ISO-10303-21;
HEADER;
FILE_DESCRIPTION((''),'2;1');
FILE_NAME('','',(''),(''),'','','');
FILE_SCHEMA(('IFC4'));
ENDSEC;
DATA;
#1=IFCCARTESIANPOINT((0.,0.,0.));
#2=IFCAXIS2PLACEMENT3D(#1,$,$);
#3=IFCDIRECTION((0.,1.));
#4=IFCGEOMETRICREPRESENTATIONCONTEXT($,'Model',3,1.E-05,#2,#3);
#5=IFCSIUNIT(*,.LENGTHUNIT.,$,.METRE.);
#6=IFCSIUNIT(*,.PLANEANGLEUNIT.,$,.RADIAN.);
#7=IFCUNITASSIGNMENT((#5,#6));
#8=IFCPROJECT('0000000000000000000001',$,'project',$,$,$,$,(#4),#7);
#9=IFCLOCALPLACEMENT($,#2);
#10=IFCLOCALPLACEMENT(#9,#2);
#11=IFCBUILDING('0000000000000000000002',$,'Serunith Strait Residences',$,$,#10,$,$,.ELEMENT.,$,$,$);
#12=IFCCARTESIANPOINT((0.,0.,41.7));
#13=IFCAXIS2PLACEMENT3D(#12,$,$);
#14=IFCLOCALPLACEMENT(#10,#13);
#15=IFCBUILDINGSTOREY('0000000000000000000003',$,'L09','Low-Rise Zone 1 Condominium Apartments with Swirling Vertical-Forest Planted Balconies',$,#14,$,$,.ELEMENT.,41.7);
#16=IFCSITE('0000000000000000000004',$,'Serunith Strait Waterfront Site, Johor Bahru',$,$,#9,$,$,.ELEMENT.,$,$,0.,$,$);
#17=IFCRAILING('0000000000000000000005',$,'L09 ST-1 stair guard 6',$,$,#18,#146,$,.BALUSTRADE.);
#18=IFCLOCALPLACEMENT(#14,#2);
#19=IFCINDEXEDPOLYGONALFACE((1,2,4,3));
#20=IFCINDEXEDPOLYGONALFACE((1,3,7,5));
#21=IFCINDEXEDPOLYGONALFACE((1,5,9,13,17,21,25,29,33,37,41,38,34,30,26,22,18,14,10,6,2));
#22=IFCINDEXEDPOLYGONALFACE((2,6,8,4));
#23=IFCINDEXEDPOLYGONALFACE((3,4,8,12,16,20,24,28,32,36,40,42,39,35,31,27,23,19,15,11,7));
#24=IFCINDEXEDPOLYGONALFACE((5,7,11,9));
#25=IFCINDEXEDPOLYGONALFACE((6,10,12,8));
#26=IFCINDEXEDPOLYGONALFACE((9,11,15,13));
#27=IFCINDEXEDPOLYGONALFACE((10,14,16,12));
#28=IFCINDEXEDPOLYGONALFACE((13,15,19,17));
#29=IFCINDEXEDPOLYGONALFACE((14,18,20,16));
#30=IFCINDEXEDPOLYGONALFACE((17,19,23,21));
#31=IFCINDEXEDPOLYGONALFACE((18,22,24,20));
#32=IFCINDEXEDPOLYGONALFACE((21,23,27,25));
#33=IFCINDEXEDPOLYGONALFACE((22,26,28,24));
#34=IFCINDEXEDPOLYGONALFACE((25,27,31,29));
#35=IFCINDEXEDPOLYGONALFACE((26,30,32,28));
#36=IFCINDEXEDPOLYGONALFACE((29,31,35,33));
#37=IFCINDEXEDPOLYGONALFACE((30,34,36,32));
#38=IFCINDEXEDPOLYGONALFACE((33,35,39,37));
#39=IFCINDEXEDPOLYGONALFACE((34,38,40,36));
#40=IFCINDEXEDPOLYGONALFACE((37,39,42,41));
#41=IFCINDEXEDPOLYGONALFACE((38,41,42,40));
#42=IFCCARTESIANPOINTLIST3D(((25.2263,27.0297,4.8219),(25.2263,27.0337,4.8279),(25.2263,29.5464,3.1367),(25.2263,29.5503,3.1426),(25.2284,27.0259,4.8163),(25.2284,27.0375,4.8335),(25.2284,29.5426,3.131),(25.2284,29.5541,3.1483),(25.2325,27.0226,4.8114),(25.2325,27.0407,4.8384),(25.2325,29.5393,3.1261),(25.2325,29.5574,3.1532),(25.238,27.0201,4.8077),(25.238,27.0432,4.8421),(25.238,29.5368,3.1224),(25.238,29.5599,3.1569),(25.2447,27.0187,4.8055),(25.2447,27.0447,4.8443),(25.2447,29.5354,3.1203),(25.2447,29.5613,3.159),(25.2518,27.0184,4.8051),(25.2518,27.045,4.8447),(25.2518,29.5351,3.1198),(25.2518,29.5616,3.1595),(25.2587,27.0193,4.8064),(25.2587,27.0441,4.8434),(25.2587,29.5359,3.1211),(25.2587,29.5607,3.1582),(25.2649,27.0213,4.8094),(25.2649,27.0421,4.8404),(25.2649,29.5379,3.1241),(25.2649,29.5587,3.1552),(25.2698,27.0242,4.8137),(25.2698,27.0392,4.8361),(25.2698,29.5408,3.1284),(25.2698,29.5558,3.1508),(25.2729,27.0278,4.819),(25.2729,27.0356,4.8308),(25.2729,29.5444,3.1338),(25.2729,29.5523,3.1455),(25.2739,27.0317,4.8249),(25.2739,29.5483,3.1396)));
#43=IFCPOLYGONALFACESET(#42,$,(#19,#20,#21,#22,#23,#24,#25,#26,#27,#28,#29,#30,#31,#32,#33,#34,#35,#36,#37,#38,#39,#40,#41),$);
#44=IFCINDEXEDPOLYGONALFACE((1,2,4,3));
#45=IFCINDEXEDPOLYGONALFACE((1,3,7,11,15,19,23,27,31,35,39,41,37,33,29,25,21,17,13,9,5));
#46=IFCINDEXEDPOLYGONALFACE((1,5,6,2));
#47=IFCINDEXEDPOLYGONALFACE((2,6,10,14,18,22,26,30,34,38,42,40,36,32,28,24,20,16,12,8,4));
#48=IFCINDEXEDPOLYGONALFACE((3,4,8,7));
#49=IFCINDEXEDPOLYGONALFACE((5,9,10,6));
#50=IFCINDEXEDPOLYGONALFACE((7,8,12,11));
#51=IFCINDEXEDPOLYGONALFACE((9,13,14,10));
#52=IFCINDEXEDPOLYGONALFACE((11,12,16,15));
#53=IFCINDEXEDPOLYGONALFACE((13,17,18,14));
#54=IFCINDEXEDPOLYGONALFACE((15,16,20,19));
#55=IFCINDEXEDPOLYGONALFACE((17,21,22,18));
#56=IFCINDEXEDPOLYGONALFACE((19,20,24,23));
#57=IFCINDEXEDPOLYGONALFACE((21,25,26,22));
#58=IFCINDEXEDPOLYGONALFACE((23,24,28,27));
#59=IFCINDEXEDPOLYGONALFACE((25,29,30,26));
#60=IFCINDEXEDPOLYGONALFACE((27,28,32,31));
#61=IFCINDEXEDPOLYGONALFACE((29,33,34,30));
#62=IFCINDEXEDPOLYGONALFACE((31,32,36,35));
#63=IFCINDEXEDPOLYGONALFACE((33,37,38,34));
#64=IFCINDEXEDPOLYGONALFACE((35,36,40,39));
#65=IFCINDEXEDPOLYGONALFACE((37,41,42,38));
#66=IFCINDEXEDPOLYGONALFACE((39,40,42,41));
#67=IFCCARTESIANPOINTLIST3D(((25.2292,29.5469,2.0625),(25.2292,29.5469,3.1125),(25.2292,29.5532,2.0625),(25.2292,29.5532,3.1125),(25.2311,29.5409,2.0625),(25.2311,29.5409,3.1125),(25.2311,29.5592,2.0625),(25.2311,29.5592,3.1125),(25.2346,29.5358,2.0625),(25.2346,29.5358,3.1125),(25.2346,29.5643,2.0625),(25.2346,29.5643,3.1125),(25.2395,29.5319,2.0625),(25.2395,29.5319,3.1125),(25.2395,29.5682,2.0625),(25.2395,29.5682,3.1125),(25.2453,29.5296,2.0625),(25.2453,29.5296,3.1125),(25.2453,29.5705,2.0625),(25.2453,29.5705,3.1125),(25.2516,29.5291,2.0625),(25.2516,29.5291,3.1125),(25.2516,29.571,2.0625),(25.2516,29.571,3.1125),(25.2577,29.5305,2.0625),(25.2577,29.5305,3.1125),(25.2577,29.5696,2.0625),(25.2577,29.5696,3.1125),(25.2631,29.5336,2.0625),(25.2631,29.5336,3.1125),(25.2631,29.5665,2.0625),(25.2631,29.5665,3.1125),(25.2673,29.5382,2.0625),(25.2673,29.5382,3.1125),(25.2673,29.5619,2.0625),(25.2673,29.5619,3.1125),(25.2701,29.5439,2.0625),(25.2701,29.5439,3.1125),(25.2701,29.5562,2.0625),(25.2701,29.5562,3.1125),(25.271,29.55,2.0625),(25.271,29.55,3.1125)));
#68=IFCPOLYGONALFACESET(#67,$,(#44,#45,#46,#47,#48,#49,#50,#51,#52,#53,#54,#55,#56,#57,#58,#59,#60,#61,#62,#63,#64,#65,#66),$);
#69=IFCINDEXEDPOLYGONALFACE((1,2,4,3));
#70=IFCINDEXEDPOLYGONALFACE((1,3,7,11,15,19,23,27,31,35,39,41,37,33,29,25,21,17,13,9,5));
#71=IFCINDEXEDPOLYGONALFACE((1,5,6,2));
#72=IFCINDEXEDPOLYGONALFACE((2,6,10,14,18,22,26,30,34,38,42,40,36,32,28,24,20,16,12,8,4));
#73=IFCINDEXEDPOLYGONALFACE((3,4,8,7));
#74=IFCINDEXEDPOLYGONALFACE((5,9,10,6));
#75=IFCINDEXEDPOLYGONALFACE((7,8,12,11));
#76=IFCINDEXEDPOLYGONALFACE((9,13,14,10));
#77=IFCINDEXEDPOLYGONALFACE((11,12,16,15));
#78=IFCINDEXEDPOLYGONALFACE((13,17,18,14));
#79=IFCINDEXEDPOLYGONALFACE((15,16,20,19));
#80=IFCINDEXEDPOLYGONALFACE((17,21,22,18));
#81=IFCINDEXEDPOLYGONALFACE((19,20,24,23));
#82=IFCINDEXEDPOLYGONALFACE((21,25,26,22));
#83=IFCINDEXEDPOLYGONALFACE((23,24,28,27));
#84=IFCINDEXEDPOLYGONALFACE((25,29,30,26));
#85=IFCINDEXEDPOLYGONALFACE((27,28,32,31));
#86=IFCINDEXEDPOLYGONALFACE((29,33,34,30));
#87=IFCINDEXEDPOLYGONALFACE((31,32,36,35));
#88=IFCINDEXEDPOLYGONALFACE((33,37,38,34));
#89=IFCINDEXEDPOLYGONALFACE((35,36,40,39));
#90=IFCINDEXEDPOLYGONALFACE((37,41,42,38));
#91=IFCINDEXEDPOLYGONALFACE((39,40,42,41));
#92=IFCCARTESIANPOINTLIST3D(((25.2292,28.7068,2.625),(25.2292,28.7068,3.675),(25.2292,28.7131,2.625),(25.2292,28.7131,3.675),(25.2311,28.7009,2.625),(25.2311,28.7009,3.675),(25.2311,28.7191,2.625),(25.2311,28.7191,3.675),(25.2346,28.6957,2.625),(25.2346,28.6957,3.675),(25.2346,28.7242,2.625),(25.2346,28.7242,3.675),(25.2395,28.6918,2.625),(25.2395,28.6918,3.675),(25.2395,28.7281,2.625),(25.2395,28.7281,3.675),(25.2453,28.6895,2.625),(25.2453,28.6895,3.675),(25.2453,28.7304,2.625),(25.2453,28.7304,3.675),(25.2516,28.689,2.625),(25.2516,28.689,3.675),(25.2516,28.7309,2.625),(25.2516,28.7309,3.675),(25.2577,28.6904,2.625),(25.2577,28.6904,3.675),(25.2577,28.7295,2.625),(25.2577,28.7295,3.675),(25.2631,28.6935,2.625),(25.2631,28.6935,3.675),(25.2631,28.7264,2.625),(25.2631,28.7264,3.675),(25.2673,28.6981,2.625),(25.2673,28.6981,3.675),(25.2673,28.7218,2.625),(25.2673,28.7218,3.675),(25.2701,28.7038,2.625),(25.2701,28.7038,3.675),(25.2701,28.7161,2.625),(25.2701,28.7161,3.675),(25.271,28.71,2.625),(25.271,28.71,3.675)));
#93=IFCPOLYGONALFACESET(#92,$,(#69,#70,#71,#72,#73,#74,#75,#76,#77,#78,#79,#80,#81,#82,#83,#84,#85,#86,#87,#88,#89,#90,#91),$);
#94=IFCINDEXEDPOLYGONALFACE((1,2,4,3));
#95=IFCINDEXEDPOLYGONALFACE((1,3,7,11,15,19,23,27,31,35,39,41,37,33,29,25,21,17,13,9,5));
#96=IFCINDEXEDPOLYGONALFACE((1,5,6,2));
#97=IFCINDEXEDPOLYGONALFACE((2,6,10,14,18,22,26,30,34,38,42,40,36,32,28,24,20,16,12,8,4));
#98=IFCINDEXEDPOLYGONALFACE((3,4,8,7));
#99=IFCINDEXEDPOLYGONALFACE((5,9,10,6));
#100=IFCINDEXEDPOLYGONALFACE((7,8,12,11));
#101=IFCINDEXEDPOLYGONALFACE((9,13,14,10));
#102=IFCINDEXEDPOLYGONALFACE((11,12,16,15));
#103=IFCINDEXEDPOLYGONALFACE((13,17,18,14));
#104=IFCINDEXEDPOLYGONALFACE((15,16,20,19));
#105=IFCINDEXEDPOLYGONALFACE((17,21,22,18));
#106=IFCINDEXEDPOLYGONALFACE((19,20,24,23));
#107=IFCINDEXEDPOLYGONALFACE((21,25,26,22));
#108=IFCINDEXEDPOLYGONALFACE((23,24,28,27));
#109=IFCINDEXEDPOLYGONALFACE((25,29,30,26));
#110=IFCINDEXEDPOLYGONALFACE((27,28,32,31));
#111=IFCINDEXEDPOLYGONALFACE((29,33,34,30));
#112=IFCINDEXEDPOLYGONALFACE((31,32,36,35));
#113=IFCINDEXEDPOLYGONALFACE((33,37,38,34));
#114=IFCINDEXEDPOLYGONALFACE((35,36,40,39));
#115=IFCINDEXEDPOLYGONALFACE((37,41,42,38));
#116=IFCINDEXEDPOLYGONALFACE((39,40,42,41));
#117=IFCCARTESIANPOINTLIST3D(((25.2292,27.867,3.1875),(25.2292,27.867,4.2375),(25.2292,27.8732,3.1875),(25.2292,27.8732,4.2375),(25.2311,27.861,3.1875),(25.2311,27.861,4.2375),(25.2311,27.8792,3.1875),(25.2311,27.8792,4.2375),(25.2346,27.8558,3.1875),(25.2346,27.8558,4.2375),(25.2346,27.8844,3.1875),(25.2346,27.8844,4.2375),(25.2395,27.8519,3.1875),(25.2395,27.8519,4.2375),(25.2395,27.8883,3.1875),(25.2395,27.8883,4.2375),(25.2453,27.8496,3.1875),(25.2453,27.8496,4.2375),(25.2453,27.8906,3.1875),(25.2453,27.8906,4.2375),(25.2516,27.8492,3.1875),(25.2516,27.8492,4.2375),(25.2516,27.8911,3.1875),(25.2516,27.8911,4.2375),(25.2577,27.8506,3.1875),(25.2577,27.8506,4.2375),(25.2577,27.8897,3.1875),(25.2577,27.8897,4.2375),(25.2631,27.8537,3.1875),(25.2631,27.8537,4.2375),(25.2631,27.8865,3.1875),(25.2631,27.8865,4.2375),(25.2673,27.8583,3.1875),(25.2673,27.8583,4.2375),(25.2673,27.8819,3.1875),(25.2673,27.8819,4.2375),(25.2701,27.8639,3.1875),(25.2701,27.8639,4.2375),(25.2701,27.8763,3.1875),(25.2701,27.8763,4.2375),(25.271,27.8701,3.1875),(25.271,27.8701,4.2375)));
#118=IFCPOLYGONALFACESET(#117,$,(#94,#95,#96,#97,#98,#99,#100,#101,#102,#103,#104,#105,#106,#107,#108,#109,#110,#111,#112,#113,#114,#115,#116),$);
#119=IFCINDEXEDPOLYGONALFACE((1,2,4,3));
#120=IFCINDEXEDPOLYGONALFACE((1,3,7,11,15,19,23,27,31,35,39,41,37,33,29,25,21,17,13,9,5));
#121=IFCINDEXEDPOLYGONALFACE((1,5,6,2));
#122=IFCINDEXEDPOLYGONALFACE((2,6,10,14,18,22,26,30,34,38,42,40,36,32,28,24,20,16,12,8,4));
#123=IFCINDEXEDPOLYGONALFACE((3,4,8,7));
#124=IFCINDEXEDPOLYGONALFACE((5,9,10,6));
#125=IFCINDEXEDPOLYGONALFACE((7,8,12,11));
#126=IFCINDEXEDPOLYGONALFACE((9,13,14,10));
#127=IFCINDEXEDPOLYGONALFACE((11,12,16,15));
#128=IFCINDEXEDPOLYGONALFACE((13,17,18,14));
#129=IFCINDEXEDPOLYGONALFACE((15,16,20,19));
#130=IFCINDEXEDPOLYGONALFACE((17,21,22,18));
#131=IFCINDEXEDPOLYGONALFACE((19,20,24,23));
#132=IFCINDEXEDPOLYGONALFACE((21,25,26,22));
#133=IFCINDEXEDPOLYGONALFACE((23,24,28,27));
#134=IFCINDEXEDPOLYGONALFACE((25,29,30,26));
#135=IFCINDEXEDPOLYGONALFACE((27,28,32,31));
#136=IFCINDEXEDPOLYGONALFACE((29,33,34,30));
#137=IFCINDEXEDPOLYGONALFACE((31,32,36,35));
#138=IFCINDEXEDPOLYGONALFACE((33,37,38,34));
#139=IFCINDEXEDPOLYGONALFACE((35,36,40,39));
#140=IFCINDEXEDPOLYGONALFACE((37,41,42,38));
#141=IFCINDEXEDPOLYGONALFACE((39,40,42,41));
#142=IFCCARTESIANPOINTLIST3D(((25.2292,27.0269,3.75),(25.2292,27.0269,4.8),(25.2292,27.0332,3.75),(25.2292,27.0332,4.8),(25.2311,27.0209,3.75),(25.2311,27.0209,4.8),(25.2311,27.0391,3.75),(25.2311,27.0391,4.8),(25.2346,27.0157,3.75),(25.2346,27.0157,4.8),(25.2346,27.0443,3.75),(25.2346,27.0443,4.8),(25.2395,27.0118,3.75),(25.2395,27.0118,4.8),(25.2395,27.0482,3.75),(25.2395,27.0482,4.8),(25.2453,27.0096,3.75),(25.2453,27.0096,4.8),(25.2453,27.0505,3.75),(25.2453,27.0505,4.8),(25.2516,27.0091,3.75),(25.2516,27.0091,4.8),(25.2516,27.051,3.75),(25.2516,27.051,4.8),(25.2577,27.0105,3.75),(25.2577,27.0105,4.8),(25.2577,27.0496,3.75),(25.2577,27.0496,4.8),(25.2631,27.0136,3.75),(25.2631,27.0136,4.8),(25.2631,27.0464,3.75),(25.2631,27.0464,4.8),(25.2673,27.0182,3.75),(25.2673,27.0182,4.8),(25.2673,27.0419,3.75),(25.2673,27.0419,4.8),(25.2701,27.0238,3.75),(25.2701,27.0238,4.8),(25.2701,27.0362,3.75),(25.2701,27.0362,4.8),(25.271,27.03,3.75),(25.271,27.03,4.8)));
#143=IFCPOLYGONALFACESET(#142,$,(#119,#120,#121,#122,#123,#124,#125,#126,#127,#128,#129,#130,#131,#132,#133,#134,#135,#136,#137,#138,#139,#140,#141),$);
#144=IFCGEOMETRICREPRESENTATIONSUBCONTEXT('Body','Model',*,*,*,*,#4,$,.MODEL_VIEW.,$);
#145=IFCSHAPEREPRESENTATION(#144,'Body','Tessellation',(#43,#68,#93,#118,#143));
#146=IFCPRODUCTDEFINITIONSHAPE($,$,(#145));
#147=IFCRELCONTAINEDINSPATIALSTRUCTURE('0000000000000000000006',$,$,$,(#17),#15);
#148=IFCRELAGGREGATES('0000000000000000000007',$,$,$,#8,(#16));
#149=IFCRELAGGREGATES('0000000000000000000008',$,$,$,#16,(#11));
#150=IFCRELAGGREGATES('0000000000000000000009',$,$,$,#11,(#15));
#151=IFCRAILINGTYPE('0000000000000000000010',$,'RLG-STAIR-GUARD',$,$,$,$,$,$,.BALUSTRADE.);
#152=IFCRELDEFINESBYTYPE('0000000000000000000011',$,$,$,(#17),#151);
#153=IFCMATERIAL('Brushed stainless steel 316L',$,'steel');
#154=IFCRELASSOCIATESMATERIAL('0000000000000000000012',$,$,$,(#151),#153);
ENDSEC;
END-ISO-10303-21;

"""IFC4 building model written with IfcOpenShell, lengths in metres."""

from ifc_helpers import new_model, si_unit, direction, frame, origin, origin_2d, place, context, subcontext, project, spatial, circle, extrude, material, type_object, element, save


model = new_model("IFC4")

# Units and contexts
model_context = context("Model", 3, precision=1e-05, world=origin(), true_north=direction((0.0, 1.0)))
body_context = subcontext(model_context, "Body", "Model", "MODEL_VIEW")
ifc_project = project(units=[si_unit("LENGTHUNIT", "METRE"), si_unit("PLANEANGLEUNIT", "RADIAN")], contexts=[model_context])

# Site, building, storey
site_placement = place(None, origin())
site = spatial("IfcSite", under=ifc_project, at=site_placement, Name="Serunith Strait Waterfront Site, Johor Bahru", CompositionType="ELEMENT", RefElevation=0.0)
building_placement = place(site_placement, origin())
building = spatial("IfcBuilding", under=site, at=building_placement, Name="Serunith Strait Residences", CompositionType="ELEMENT")
storey_placement = place(building_placement, frame((0.0, 0.0, 41.7)))
storey = spatial("IfcBuildingStorey", under=building, at=storey_placement, Name="L09", Description="Low-Rise Zone 1 Condominium Apartments with Swirling Vertical-Forest Planted Balconies", CompositionType="ELEMENT", Elevation=41.7)

# Railing
ifc_material_1 = material(Name="Brushed stainless steel 316L", Category="steel")
railing_type_1 = type_object("IfcRailingType", Name="RLG-STAIR-GUARD", PredefinedType="BALUSTRADE", material=ifc_material_1)
railing_1_placement = place(storey_placement, frame((25.25, 29.55, 2.0625)))
element("IfcRailing", 1, at=railing_1_placement, inside=storey, type_object=railing_type_1, Name="L09 ST-1 stair guard 6", PredefinedType="BALUSTRADE", context=body_context, shape_type="SweptSolid", body=[
    extrude(circle(Radius=0.0239, at=origin_2d()), frame((0.0, -0.0017, 1.0771), z_axis=(0.0, -0.830909, 0.556408), x_axis=(1.0, 0.0, 0.0)), (0.0, 0.0, 1.0), 3.0288),
    extrude(circle(Radius=0.021, at=origin_2d()), origin(), (0.0, 0.0, 1.0), 1.05),
    extrude(circle(Radius=0.021, at=origin_2d()), frame((0.0, -0.8401, 0.5625)), (0.0, 0.0, 1.0), 1.05),
    extrude(circle(Radius=0.021, at=origin_2d()), frame((0.0, -1.6799, 1.125)), (0.0, 0.0, 1.0), 1.05),
    extrude(circle(Radius=0.021, at=origin_2d()), frame((0.0, -2.52, 1.6875)), (0.0, 0.0, 1.0), 1.05),
])

save(model, "model.ifc")
